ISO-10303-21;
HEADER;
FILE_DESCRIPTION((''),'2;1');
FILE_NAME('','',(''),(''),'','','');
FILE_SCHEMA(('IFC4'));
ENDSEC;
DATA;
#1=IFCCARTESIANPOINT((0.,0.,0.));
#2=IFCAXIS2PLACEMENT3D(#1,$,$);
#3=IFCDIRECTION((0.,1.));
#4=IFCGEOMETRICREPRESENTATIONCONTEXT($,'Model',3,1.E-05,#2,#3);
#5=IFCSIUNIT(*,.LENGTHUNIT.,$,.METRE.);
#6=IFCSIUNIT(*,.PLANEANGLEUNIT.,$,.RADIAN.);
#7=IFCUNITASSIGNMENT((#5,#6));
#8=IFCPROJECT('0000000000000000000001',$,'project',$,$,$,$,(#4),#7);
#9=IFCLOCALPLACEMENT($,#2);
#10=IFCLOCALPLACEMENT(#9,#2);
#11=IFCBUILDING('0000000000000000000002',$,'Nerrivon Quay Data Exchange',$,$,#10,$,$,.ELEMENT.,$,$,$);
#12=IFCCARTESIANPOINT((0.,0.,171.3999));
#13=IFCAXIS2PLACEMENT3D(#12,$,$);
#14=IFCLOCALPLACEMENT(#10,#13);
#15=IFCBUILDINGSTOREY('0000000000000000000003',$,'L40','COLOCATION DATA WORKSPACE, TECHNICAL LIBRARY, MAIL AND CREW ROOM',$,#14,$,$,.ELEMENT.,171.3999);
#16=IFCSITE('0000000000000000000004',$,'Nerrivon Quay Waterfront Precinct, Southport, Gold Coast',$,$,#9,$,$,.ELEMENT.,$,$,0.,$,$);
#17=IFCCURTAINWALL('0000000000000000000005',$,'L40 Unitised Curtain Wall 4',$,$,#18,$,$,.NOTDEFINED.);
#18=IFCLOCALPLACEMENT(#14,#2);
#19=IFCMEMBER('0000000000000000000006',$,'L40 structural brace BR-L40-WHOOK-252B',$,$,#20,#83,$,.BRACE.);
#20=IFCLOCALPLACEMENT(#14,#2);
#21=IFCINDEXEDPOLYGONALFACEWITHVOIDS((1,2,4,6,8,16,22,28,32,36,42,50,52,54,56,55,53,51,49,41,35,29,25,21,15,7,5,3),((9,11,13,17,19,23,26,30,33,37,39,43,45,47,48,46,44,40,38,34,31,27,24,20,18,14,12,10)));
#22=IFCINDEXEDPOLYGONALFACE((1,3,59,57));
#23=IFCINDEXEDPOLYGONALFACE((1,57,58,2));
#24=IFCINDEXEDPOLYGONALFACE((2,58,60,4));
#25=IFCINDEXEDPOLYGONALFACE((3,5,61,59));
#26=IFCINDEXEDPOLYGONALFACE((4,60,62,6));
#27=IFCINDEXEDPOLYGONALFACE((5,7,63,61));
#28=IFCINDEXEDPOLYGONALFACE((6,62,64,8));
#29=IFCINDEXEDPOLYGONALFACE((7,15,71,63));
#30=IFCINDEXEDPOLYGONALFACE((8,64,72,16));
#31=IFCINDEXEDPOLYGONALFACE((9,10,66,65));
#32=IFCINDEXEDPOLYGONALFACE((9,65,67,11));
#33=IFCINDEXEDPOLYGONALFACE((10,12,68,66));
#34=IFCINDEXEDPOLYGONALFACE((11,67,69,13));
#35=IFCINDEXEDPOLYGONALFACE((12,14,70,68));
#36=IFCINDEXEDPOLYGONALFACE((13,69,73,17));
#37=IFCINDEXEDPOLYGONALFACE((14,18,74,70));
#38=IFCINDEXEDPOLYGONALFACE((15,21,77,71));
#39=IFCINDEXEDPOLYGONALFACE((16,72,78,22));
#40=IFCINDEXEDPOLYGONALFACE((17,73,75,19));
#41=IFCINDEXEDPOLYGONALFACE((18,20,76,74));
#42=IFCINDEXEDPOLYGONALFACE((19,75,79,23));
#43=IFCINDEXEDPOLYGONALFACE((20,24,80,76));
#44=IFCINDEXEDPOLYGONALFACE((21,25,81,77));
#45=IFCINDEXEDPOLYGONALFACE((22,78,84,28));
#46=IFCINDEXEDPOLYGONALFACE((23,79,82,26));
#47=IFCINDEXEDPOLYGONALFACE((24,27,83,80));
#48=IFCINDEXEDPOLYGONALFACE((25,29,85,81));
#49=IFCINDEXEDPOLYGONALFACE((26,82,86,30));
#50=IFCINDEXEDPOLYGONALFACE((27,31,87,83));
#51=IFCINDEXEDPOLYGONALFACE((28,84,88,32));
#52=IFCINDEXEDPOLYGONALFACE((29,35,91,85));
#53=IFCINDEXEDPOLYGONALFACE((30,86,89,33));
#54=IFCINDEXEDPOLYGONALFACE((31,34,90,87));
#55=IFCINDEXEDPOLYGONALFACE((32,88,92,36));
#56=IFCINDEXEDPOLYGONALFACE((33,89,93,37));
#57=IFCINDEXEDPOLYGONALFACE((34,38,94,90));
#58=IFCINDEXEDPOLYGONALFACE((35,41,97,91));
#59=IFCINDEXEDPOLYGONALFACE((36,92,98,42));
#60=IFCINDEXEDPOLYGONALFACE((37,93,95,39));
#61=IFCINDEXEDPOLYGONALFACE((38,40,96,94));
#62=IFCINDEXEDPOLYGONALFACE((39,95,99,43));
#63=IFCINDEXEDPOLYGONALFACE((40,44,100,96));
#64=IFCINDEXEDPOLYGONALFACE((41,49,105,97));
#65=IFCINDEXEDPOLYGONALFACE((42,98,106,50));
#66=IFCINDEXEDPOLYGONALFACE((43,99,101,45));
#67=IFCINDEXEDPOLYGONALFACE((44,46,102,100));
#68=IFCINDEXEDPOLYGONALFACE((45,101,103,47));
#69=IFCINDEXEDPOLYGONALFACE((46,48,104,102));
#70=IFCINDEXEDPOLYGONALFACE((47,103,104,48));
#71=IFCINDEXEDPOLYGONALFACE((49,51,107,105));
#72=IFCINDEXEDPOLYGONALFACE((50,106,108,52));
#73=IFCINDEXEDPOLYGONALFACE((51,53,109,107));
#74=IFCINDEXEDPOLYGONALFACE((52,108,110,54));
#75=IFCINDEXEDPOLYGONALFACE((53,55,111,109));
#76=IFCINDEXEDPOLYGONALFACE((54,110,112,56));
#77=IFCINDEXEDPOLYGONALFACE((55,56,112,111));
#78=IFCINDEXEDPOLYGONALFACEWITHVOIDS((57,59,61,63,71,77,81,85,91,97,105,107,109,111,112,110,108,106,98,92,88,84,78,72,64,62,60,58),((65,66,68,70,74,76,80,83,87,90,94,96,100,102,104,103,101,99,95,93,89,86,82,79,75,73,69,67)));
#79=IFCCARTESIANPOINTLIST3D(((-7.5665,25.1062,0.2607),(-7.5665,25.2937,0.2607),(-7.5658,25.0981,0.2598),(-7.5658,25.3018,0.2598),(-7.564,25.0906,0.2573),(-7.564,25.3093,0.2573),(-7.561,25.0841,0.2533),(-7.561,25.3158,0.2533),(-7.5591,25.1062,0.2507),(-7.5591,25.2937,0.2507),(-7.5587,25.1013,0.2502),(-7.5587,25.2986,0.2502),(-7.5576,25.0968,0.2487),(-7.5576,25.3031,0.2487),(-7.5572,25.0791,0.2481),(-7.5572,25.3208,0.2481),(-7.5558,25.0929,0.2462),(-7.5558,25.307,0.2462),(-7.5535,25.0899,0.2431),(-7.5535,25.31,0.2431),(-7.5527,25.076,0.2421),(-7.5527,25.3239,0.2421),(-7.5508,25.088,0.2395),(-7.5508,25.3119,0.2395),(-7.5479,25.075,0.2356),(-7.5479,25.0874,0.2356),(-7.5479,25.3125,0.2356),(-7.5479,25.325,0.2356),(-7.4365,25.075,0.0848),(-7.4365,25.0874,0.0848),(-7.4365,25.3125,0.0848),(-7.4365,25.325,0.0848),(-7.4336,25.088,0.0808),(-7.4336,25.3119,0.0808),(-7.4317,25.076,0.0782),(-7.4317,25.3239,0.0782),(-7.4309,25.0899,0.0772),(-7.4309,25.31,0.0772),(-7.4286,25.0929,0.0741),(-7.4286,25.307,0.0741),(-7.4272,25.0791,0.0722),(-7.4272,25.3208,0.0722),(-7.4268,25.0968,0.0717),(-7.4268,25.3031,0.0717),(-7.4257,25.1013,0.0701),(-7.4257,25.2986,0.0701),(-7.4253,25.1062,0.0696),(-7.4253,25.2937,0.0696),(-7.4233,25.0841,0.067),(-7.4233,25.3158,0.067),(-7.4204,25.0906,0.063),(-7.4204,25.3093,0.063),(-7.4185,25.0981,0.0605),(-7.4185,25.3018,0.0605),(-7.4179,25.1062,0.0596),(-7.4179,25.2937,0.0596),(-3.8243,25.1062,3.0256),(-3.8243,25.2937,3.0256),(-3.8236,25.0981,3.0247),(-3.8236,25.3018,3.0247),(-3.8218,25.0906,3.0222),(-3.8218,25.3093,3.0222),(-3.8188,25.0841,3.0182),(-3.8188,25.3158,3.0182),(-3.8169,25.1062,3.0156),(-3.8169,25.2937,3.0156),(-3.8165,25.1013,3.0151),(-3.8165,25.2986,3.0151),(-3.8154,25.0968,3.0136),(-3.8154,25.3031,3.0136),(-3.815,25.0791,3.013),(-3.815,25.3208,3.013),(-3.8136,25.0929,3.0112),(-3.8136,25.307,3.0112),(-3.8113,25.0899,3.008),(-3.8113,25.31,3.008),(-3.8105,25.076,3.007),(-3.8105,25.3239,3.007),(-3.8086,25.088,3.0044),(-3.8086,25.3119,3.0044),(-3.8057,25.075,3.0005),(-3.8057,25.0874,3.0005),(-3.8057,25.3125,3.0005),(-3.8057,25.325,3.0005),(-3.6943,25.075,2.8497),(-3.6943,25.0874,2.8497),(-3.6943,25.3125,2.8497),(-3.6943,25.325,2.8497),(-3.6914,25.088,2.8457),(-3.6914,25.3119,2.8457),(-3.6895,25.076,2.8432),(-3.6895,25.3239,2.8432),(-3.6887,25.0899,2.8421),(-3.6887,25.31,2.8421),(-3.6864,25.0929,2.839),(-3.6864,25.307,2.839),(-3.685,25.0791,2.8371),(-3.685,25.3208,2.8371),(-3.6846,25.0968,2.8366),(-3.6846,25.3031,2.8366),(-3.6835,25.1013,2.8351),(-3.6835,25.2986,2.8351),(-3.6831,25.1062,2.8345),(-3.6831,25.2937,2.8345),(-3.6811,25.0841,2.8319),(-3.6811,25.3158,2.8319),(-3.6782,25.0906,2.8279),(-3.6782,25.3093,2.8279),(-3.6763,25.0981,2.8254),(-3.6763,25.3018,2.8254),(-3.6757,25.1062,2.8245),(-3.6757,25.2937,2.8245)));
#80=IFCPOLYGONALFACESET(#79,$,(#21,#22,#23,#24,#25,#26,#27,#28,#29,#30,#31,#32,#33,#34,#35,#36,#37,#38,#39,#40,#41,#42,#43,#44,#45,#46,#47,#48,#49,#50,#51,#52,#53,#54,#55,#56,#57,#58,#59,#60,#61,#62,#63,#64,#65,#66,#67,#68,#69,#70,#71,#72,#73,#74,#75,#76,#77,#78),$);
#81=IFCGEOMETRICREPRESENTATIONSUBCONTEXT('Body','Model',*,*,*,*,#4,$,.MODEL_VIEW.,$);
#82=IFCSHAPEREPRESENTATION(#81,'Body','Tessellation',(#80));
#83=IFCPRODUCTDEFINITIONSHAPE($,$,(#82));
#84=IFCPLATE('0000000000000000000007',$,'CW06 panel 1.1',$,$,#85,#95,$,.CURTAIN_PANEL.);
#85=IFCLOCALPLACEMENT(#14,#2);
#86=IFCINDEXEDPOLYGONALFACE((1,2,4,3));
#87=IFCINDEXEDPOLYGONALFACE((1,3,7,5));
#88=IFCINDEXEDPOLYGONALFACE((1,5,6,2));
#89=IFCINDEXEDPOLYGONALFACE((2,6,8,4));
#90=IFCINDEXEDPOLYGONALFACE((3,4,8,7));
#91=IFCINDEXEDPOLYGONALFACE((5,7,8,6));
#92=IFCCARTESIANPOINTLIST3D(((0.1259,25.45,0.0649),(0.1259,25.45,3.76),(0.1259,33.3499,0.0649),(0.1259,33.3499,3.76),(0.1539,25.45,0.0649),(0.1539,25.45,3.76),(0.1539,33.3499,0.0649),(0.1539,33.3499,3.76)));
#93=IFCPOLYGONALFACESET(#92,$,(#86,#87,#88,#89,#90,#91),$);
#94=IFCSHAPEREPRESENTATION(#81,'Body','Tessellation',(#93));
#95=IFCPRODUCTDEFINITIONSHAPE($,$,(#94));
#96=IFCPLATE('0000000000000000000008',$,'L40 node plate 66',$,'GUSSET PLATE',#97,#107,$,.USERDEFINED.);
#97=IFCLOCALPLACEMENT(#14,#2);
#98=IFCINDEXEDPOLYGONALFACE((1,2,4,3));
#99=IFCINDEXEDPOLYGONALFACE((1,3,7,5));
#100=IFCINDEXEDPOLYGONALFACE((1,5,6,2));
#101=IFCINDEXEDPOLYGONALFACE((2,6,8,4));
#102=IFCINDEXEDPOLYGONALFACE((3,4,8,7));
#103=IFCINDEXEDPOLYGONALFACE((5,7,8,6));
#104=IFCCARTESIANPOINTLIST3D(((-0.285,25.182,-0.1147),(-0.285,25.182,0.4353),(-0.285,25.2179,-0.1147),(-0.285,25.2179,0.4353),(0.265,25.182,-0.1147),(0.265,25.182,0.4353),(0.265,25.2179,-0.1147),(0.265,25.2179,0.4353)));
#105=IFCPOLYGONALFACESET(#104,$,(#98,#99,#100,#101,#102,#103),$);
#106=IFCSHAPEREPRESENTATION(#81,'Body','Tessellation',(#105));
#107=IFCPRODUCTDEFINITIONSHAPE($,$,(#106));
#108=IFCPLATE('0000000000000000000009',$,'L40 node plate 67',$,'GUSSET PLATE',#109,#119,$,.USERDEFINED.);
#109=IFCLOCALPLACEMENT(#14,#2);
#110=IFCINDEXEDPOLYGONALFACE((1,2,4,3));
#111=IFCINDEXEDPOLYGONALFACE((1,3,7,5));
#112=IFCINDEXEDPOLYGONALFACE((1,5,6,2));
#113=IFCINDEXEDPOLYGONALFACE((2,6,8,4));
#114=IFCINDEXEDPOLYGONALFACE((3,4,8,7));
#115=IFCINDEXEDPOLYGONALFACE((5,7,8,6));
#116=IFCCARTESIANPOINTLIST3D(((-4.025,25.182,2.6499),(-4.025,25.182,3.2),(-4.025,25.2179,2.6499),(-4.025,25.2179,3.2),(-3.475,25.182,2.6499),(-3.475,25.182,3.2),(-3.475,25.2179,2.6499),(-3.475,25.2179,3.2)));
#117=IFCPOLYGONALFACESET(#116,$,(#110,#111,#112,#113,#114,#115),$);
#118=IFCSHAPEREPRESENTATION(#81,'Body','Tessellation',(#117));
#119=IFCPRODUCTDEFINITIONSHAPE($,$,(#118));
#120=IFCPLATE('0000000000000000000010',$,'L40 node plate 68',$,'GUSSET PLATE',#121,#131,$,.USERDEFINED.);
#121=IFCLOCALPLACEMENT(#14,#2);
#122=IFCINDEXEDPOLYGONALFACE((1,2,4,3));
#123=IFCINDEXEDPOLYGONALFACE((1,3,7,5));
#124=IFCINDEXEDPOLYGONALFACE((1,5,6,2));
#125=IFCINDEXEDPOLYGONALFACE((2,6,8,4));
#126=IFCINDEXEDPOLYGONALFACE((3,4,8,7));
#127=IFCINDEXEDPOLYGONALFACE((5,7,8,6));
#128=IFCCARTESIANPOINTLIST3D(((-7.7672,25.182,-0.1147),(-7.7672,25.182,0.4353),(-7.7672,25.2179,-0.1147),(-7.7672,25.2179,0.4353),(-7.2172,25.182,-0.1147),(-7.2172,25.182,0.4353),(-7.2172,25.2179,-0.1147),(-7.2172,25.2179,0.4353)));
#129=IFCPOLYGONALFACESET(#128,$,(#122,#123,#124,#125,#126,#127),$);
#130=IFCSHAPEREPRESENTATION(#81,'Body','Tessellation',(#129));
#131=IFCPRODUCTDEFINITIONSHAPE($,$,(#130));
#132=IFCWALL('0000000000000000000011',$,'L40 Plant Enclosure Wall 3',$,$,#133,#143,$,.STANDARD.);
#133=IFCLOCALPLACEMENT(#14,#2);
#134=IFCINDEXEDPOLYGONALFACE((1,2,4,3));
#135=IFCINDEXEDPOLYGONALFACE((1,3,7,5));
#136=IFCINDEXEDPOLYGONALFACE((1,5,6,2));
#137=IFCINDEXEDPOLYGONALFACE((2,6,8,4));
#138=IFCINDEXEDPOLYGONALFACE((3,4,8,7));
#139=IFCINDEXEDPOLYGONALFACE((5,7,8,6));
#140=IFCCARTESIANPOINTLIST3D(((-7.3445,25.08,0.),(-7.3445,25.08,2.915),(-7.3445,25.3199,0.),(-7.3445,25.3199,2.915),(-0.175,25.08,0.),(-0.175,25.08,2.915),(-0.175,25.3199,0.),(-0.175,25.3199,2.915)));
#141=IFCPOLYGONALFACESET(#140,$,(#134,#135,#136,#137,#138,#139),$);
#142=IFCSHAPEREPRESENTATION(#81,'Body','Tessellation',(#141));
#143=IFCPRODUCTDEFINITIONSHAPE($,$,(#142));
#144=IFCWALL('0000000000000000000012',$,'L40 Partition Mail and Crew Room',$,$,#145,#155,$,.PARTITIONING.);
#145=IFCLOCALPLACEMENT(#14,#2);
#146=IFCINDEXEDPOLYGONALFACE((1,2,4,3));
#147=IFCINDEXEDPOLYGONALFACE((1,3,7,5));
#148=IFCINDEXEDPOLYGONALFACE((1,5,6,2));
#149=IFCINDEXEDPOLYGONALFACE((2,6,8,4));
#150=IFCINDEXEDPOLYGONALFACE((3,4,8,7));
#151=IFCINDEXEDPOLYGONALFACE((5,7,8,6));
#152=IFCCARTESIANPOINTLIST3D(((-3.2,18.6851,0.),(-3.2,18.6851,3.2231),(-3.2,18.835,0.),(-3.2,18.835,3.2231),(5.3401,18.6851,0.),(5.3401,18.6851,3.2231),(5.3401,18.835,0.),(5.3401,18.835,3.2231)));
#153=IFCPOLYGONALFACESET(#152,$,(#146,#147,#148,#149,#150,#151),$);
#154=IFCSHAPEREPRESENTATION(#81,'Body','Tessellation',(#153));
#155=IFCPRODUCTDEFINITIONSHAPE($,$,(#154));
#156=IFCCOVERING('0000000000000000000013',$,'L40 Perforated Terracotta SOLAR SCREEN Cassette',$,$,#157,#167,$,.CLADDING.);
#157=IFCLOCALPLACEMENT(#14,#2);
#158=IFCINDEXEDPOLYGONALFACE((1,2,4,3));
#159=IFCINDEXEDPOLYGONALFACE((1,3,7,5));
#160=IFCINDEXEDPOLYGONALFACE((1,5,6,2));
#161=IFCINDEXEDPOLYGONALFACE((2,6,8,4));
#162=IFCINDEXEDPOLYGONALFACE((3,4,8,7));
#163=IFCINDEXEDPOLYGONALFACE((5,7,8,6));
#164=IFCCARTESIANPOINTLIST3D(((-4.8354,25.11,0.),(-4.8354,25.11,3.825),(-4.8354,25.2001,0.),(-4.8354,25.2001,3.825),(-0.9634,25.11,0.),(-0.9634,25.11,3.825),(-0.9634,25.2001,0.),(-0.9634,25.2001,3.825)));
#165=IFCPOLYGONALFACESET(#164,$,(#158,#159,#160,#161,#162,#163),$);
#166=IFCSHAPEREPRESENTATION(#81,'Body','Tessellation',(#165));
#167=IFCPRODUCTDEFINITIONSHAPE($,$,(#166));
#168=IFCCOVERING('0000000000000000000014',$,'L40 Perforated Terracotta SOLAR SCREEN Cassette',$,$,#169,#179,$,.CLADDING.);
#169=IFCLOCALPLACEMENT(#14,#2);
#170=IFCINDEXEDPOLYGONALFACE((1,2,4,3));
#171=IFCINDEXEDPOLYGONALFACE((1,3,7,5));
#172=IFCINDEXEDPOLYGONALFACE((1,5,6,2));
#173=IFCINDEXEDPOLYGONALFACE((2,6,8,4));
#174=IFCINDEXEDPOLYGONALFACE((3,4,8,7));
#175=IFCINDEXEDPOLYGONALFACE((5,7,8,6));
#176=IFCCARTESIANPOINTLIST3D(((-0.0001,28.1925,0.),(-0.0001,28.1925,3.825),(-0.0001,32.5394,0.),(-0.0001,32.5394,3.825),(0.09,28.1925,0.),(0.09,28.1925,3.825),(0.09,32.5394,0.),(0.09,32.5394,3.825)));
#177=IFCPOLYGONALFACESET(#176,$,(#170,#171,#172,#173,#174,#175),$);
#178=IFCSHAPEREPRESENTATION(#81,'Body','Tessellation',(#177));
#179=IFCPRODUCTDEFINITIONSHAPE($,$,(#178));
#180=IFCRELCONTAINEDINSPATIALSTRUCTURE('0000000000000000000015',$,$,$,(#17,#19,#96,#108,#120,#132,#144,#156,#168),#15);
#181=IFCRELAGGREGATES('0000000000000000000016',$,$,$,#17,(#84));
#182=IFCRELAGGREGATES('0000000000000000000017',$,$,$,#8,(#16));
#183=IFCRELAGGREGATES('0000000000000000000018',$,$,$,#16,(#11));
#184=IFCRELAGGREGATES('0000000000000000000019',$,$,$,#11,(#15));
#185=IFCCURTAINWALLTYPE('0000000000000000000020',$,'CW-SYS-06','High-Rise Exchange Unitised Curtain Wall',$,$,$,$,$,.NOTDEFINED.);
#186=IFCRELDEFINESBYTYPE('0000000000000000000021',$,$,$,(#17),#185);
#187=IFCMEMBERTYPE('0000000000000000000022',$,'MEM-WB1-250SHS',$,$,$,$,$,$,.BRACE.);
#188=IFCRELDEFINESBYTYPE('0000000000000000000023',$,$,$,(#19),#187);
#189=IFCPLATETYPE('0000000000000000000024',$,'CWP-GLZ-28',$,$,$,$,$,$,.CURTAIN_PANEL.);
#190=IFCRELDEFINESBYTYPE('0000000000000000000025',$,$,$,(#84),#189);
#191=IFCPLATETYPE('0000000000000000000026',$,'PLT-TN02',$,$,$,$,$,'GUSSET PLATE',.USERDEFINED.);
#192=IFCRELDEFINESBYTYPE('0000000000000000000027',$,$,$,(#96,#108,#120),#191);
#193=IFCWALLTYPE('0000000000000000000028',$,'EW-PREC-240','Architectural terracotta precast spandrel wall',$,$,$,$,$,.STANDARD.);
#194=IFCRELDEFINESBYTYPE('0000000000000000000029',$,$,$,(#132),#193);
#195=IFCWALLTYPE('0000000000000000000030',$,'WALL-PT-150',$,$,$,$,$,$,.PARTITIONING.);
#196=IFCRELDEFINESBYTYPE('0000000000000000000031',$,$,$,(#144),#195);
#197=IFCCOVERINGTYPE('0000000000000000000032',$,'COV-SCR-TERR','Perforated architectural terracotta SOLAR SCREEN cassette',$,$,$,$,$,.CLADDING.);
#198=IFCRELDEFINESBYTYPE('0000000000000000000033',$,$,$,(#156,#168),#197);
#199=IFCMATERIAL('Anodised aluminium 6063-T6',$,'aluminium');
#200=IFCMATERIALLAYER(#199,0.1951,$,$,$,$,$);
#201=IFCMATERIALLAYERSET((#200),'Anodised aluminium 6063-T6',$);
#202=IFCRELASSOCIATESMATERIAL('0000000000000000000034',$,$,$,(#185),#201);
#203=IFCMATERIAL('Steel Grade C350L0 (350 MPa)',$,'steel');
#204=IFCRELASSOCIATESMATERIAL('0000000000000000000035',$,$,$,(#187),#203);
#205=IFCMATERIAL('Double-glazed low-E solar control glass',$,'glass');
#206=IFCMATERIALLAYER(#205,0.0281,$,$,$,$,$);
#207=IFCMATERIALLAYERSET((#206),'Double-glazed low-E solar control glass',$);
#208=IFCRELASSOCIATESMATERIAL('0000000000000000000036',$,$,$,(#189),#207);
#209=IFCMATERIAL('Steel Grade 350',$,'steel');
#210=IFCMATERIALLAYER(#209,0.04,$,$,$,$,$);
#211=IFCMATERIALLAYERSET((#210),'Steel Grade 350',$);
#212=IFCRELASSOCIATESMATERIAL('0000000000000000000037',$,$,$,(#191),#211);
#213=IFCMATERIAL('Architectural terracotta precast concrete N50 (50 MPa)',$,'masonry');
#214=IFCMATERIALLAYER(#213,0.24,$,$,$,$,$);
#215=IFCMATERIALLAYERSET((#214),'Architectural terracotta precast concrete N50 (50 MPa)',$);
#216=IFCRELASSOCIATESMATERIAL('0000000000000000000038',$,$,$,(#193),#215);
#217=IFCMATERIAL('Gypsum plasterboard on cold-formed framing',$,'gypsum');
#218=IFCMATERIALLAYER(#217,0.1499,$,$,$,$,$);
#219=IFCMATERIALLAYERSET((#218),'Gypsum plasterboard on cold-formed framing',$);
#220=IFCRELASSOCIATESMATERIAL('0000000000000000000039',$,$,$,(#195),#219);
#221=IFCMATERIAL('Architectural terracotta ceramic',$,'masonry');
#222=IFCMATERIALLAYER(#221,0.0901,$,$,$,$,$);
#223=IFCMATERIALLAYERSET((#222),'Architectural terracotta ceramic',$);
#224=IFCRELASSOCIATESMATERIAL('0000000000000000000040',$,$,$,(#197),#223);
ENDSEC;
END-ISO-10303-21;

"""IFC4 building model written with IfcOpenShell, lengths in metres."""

from ifc_helpers import new_model, si_unit, direction, frame, frame_2d, origin, origin_2d, place, context, subcontext, project, spatial, rectangle, hollow_rectangle, extrude, material, layer, layer_set, material_profile, profile_set, type_object, element, aggregate, save


model = new_model("IFC4")

# Units and contexts
model_context = context("Model", 3, precision=1e-05, world=origin(), true_north=direction((0.0, 1.0)))
body_context = subcontext(model_context, "Body", "Model", "MODEL_VIEW")
ifc_project = project(units=[si_unit("LENGTHUNIT", "METRE"), si_unit("PLANEANGLEUNIT", "RADIAN")], contexts=[model_context])

# Site, building, storey
site_placement = place(None, origin())
site = spatial("IfcSite", under=ifc_project, at=site_placement, Name="Nerrivon Quay Waterfront Precinct, Southport, Gold Coast", CompositionType="ELEMENT", RefElevation=0.0)
building_placement = place(site_placement, origin())
building = spatial("IfcBuilding", under=site, at=building_placement, Name="Nerrivon Quay Data Exchange", CompositionType="ELEMENT")
storey_placement = place(building_placement, frame((0.0, 0.0, 171.3999)))
storey = spatial("IfcBuildingStorey", under=building, at=storey_placement, Name="L40", Description="COLOCATION DATA WORKSPACE, TECHNICAL LIBRARY, MAIL AND CREW ROOM", CompositionType="ELEMENT", Elevation=171.3999)

# Shared definitions
ifc_material_1 = material(Name="Steel Grade 350", Category="steel")

# Curtain wall
ifc_material_2 = material(Name="Anodised aluminium 6063-T6", Category="aluminium")
ifc_layer_1 = layer(ifc_material_2, 0.1951)
ifc_layer_set_1 = layer_set([ifc_layer_1], Name="Anodised aluminium 6063-T6")
curtain_wall_type = type_object("IfcCurtainWallType", Name="CW-SYS-06", Description="High-Rise Exchange Unitised Curtain Wall", PredefinedType="NOTDEFINED", material=ifc_layer_set_1)
curtain_wall_1_placement = place(storey_placement, origin())
curtain_wall_1 = element("IfcCurtainWall", 1, at=curtain_wall_1_placement, inside=storey, type_object=curtain_wall_type, Name="L40 Unitised Curtain Wall 4", PredefinedType="NOTDEFINED")

# Member
ifc_material_3 = material(Name="Steel Grade C350L0 (350 MPa)", Category="steel")
ifc_material_profile_1 = material_profile(ifc_material_3, hollow_rectangle(XDim=0.25, YDim=0.25, WallThickness=0.0125, InnerFilletRadius=0.0188, OuterFilletRadius=0.0312, at=origin_2d()), Name="250x250x12.5SHS")
ifc_profile_set_1 = profile_set([ifc_material_profile_1], Name="Steel Grade C350L0 (350 MPa)")
member_type_1 = type_object("IfcMemberType", Name="MEM-WB1-250SHS", PredefinedType="BRACE", material=ifc_profile_set_1)
member_1_placement = place(storey_placement, frame((-7.4922, 25.2, 0.1602), z_axis=(0.804286, 0.0, 0.594242), x_axis=(0.0, 1.0, 0.0)))
element("IfcMember", 2, at=member_1_placement, inside=storey, type_object=member_type_1, Name="L40 structural brace BR-L40-WHOOK-252B", PredefinedType="BRACE", context=body_context, shape_type="SweptSolid", body=[
    extrude(hollow_rectangle(XDim=0.25, YDim=0.25, WallThickness=0.0125, InnerFilletRadius=0.0188, OuterFilletRadius=0.0312, at=origin_2d()), origin(), (0.0, 0.0, 1.0), 4.6528),
])

# Plate
ifc_material_4 = material(Name="Double-glazed low-E solar control glass", Category="glass")
ifc_layer_2 = layer(ifc_material_4, 0.0281)
ifc_layer_set_2 = layer_set([ifc_layer_2], Name="Double-glazed low-E solar control glass")
plate_type_1 = type_object("IfcPlateType", Name="CWP-GLZ-28", PredefinedType="CURTAIN_PANEL", material=ifc_layer_set_2)
plate_placement = place(storey_placement, frame((0.1399, 29.3999, 0.0649), z_axis=(0.0, 0.0, 1.0), x_axis=(0.0, 1.0, 0.0)))
plate = element("IfcPlate", 3, at=plate_placement, type_object=plate_type_1, Name="CW06 panel 1.1", PredefinedType="CURTAIN_PANEL", context=body_context, shape_type="SweptSolid", body=[
    extrude(rectangle(XDim=7.8999, YDim=0.0281, at=origin_2d()), origin(), (0.0, 0.0, 1.0), 3.6951),
])
aggregate(curtain_wall_1, [plate])

# Plates
ifc_layer_3 = layer(ifc_material_1, 0.04)
ifc_layer_set_3 = layer_set([ifc_layer_3], Name="Steel Grade 350")
plate_type_2 = type_object("IfcPlateType", Name="PLT-TN02", ElementType="GUSSET PLATE", PredefinedType="USERDEFINED", material=ifc_layer_set_3)
for number, where, z_axis, x_axis, name in (
    (4, (-0.01, 25.2, -0.1147), (0.0, 0.0, 1.0), (1.0, 0.0, 0.0), "L40 node plate 66"),
    (5, (-3.75, 25.2, 2.6499), (0.0, 0.0, 1.0), (1.0, 0.0, 0.0), "L40 node plate 67"),
    (6, (-7.4922, 25.2, -0.1147), (0.0, 0.0, 1.0), (1.0, 0.0, 0.0), "L40 node plate 68"),
):
    element("IfcPlate", number, at=place(storey_placement, frame(where, z_axis=z_axis, x_axis=x_axis)), inside=storey, type_object=plate_type_2, Name=name, ObjectType="GUSSET PLATE", PredefinedType="USERDEFINED", context=body_context, shape_type="SweptSolid", body=[
        extrude(rectangle(XDim=0.55, YDim=0.0359, at=origin_2d()), origin(), (0.0, 0.0, 1.0), 0.55),
    ])

# Walls
ifc_material_5 = material(Name="Architectural terracotta precast concrete N50 (50 MPa)", Category="masonry")
ifc_layer_4 = layer(ifc_material_5, 0.24)
ifc_layer_set_4 = layer_set([ifc_layer_4], Name="Architectural terracotta precast concrete N50 (50 MPa)")
wall_type_1 = type_object("IfcWallType", Name="EW-PREC-240", Description="Architectural terracotta precast spandrel wall", PredefinedType="STANDARD", material=ifc_layer_set_4)
wall_1_placement = place(storey_placement, frame((-7.3445, 25.2, 0.0), z_axis=(0.0, 0.0, 1.0), x_axis=(1.0, 0.0, 0.0)))
element("IfcWall", 7, at=wall_1_placement, inside=storey, type_object=wall_type_1, Name="L40 Plant Enclosure Wall 3", PredefinedType="STANDARD", context=body_context, shape_type="SweptSolid", body=[
    extrude(rectangle(XDim=7.1694, YDim=0.24, at=frame_2d((3.5847, 0.0))), origin(), (0.0, 0.0, 1.0), 2.915),
])
ifc_material_6 = material(Name="Gypsum plasterboard on cold-formed framing", Category="gypsum")
ifc_layer_5 = layer(ifc_material_6, 0.1499)
ifc_layer_set_5 = layer_set([ifc_layer_5], Name="Gypsum plasterboard on cold-formed framing")
wall_type_2 = type_object("IfcWallType", Name="WALL-PT-150", PredefinedType="PARTITIONING", material=ifc_layer_set_5)
wall_2_placement = place(storey_placement, frame((-3.2, 18.76, 0.0), z_axis=(0.0, 0.0, 1.0), x_axis=(1.0, 0.0, 0.0)))
element("IfcWall", 8, at=wall_2_placement, inside=storey, type_object=wall_type_2, Name="L40 Partition Mail and Crew Room", PredefinedType="PARTITIONING", context=body_context, shape_type="SweptSolid", body=[
    extrude(rectangle(XDim=8.54, YDim=0.1499, at=frame_2d((4.27, 0.0))), origin(), (0.0, 0.0, 1.0), 3.2231),
])

# Coverings
ifc_material_7 = material(Name="Architectural terracotta ceramic", Category="masonry")
ifc_layer_6 = layer(ifc_material_7, 0.0901)
ifc_layer_set_6 = layer_set([ifc_layer_6], Name="Architectural terracotta ceramic")
covering_type = type_object("IfcCoveringType", Name="COV-SCR-TERR", Description="Perforated architectural terracotta SOLAR SCREEN cassette", PredefinedType="CLADDING", material=ifc_layer_set_6)
covering_1_placement = place(storey_placement, frame((-2.8994, 25.155, 0.0), z_axis=(0.0, 0.0, 1.0), x_axis=(1.0, 0.0, 0.0)))
element("IfcCovering", 9, at=covering_1_placement, inside=storey, type_object=covering_type, Name="L40 Perforated Terracotta SOLAR SCREEN Cassette", PredefinedType="CLADDING", context=body_context, shape_type="SweptSolid", body=[
    extrude(rectangle(XDim=3.8721, YDim=0.0901, at=origin_2d()), origin(), (0.0, 0.0, 1.0), 3.825),
])
covering_2_placement = place(storey_placement, frame((0.0449, 30.366, 0.0), z_axis=(0.0, 0.0, 1.0), x_axis=(0.0, 1.0, 0.0)))
element("IfcCovering", 10, at=covering_2_placement, inside=storey, type_object=covering_type, Name="L40 Perforated Terracotta SOLAR SCREEN Cassette", PredefinedType="CLADDING", context=body_context, shape_type="SweptSolid", body=[
    extrude(rectangle(XDim=4.3469, YDim=0.0901, at=origin_2d()), origin(), (0.0, 0.0, 1.0), 3.825),
])

save(model, "model.ifc")
